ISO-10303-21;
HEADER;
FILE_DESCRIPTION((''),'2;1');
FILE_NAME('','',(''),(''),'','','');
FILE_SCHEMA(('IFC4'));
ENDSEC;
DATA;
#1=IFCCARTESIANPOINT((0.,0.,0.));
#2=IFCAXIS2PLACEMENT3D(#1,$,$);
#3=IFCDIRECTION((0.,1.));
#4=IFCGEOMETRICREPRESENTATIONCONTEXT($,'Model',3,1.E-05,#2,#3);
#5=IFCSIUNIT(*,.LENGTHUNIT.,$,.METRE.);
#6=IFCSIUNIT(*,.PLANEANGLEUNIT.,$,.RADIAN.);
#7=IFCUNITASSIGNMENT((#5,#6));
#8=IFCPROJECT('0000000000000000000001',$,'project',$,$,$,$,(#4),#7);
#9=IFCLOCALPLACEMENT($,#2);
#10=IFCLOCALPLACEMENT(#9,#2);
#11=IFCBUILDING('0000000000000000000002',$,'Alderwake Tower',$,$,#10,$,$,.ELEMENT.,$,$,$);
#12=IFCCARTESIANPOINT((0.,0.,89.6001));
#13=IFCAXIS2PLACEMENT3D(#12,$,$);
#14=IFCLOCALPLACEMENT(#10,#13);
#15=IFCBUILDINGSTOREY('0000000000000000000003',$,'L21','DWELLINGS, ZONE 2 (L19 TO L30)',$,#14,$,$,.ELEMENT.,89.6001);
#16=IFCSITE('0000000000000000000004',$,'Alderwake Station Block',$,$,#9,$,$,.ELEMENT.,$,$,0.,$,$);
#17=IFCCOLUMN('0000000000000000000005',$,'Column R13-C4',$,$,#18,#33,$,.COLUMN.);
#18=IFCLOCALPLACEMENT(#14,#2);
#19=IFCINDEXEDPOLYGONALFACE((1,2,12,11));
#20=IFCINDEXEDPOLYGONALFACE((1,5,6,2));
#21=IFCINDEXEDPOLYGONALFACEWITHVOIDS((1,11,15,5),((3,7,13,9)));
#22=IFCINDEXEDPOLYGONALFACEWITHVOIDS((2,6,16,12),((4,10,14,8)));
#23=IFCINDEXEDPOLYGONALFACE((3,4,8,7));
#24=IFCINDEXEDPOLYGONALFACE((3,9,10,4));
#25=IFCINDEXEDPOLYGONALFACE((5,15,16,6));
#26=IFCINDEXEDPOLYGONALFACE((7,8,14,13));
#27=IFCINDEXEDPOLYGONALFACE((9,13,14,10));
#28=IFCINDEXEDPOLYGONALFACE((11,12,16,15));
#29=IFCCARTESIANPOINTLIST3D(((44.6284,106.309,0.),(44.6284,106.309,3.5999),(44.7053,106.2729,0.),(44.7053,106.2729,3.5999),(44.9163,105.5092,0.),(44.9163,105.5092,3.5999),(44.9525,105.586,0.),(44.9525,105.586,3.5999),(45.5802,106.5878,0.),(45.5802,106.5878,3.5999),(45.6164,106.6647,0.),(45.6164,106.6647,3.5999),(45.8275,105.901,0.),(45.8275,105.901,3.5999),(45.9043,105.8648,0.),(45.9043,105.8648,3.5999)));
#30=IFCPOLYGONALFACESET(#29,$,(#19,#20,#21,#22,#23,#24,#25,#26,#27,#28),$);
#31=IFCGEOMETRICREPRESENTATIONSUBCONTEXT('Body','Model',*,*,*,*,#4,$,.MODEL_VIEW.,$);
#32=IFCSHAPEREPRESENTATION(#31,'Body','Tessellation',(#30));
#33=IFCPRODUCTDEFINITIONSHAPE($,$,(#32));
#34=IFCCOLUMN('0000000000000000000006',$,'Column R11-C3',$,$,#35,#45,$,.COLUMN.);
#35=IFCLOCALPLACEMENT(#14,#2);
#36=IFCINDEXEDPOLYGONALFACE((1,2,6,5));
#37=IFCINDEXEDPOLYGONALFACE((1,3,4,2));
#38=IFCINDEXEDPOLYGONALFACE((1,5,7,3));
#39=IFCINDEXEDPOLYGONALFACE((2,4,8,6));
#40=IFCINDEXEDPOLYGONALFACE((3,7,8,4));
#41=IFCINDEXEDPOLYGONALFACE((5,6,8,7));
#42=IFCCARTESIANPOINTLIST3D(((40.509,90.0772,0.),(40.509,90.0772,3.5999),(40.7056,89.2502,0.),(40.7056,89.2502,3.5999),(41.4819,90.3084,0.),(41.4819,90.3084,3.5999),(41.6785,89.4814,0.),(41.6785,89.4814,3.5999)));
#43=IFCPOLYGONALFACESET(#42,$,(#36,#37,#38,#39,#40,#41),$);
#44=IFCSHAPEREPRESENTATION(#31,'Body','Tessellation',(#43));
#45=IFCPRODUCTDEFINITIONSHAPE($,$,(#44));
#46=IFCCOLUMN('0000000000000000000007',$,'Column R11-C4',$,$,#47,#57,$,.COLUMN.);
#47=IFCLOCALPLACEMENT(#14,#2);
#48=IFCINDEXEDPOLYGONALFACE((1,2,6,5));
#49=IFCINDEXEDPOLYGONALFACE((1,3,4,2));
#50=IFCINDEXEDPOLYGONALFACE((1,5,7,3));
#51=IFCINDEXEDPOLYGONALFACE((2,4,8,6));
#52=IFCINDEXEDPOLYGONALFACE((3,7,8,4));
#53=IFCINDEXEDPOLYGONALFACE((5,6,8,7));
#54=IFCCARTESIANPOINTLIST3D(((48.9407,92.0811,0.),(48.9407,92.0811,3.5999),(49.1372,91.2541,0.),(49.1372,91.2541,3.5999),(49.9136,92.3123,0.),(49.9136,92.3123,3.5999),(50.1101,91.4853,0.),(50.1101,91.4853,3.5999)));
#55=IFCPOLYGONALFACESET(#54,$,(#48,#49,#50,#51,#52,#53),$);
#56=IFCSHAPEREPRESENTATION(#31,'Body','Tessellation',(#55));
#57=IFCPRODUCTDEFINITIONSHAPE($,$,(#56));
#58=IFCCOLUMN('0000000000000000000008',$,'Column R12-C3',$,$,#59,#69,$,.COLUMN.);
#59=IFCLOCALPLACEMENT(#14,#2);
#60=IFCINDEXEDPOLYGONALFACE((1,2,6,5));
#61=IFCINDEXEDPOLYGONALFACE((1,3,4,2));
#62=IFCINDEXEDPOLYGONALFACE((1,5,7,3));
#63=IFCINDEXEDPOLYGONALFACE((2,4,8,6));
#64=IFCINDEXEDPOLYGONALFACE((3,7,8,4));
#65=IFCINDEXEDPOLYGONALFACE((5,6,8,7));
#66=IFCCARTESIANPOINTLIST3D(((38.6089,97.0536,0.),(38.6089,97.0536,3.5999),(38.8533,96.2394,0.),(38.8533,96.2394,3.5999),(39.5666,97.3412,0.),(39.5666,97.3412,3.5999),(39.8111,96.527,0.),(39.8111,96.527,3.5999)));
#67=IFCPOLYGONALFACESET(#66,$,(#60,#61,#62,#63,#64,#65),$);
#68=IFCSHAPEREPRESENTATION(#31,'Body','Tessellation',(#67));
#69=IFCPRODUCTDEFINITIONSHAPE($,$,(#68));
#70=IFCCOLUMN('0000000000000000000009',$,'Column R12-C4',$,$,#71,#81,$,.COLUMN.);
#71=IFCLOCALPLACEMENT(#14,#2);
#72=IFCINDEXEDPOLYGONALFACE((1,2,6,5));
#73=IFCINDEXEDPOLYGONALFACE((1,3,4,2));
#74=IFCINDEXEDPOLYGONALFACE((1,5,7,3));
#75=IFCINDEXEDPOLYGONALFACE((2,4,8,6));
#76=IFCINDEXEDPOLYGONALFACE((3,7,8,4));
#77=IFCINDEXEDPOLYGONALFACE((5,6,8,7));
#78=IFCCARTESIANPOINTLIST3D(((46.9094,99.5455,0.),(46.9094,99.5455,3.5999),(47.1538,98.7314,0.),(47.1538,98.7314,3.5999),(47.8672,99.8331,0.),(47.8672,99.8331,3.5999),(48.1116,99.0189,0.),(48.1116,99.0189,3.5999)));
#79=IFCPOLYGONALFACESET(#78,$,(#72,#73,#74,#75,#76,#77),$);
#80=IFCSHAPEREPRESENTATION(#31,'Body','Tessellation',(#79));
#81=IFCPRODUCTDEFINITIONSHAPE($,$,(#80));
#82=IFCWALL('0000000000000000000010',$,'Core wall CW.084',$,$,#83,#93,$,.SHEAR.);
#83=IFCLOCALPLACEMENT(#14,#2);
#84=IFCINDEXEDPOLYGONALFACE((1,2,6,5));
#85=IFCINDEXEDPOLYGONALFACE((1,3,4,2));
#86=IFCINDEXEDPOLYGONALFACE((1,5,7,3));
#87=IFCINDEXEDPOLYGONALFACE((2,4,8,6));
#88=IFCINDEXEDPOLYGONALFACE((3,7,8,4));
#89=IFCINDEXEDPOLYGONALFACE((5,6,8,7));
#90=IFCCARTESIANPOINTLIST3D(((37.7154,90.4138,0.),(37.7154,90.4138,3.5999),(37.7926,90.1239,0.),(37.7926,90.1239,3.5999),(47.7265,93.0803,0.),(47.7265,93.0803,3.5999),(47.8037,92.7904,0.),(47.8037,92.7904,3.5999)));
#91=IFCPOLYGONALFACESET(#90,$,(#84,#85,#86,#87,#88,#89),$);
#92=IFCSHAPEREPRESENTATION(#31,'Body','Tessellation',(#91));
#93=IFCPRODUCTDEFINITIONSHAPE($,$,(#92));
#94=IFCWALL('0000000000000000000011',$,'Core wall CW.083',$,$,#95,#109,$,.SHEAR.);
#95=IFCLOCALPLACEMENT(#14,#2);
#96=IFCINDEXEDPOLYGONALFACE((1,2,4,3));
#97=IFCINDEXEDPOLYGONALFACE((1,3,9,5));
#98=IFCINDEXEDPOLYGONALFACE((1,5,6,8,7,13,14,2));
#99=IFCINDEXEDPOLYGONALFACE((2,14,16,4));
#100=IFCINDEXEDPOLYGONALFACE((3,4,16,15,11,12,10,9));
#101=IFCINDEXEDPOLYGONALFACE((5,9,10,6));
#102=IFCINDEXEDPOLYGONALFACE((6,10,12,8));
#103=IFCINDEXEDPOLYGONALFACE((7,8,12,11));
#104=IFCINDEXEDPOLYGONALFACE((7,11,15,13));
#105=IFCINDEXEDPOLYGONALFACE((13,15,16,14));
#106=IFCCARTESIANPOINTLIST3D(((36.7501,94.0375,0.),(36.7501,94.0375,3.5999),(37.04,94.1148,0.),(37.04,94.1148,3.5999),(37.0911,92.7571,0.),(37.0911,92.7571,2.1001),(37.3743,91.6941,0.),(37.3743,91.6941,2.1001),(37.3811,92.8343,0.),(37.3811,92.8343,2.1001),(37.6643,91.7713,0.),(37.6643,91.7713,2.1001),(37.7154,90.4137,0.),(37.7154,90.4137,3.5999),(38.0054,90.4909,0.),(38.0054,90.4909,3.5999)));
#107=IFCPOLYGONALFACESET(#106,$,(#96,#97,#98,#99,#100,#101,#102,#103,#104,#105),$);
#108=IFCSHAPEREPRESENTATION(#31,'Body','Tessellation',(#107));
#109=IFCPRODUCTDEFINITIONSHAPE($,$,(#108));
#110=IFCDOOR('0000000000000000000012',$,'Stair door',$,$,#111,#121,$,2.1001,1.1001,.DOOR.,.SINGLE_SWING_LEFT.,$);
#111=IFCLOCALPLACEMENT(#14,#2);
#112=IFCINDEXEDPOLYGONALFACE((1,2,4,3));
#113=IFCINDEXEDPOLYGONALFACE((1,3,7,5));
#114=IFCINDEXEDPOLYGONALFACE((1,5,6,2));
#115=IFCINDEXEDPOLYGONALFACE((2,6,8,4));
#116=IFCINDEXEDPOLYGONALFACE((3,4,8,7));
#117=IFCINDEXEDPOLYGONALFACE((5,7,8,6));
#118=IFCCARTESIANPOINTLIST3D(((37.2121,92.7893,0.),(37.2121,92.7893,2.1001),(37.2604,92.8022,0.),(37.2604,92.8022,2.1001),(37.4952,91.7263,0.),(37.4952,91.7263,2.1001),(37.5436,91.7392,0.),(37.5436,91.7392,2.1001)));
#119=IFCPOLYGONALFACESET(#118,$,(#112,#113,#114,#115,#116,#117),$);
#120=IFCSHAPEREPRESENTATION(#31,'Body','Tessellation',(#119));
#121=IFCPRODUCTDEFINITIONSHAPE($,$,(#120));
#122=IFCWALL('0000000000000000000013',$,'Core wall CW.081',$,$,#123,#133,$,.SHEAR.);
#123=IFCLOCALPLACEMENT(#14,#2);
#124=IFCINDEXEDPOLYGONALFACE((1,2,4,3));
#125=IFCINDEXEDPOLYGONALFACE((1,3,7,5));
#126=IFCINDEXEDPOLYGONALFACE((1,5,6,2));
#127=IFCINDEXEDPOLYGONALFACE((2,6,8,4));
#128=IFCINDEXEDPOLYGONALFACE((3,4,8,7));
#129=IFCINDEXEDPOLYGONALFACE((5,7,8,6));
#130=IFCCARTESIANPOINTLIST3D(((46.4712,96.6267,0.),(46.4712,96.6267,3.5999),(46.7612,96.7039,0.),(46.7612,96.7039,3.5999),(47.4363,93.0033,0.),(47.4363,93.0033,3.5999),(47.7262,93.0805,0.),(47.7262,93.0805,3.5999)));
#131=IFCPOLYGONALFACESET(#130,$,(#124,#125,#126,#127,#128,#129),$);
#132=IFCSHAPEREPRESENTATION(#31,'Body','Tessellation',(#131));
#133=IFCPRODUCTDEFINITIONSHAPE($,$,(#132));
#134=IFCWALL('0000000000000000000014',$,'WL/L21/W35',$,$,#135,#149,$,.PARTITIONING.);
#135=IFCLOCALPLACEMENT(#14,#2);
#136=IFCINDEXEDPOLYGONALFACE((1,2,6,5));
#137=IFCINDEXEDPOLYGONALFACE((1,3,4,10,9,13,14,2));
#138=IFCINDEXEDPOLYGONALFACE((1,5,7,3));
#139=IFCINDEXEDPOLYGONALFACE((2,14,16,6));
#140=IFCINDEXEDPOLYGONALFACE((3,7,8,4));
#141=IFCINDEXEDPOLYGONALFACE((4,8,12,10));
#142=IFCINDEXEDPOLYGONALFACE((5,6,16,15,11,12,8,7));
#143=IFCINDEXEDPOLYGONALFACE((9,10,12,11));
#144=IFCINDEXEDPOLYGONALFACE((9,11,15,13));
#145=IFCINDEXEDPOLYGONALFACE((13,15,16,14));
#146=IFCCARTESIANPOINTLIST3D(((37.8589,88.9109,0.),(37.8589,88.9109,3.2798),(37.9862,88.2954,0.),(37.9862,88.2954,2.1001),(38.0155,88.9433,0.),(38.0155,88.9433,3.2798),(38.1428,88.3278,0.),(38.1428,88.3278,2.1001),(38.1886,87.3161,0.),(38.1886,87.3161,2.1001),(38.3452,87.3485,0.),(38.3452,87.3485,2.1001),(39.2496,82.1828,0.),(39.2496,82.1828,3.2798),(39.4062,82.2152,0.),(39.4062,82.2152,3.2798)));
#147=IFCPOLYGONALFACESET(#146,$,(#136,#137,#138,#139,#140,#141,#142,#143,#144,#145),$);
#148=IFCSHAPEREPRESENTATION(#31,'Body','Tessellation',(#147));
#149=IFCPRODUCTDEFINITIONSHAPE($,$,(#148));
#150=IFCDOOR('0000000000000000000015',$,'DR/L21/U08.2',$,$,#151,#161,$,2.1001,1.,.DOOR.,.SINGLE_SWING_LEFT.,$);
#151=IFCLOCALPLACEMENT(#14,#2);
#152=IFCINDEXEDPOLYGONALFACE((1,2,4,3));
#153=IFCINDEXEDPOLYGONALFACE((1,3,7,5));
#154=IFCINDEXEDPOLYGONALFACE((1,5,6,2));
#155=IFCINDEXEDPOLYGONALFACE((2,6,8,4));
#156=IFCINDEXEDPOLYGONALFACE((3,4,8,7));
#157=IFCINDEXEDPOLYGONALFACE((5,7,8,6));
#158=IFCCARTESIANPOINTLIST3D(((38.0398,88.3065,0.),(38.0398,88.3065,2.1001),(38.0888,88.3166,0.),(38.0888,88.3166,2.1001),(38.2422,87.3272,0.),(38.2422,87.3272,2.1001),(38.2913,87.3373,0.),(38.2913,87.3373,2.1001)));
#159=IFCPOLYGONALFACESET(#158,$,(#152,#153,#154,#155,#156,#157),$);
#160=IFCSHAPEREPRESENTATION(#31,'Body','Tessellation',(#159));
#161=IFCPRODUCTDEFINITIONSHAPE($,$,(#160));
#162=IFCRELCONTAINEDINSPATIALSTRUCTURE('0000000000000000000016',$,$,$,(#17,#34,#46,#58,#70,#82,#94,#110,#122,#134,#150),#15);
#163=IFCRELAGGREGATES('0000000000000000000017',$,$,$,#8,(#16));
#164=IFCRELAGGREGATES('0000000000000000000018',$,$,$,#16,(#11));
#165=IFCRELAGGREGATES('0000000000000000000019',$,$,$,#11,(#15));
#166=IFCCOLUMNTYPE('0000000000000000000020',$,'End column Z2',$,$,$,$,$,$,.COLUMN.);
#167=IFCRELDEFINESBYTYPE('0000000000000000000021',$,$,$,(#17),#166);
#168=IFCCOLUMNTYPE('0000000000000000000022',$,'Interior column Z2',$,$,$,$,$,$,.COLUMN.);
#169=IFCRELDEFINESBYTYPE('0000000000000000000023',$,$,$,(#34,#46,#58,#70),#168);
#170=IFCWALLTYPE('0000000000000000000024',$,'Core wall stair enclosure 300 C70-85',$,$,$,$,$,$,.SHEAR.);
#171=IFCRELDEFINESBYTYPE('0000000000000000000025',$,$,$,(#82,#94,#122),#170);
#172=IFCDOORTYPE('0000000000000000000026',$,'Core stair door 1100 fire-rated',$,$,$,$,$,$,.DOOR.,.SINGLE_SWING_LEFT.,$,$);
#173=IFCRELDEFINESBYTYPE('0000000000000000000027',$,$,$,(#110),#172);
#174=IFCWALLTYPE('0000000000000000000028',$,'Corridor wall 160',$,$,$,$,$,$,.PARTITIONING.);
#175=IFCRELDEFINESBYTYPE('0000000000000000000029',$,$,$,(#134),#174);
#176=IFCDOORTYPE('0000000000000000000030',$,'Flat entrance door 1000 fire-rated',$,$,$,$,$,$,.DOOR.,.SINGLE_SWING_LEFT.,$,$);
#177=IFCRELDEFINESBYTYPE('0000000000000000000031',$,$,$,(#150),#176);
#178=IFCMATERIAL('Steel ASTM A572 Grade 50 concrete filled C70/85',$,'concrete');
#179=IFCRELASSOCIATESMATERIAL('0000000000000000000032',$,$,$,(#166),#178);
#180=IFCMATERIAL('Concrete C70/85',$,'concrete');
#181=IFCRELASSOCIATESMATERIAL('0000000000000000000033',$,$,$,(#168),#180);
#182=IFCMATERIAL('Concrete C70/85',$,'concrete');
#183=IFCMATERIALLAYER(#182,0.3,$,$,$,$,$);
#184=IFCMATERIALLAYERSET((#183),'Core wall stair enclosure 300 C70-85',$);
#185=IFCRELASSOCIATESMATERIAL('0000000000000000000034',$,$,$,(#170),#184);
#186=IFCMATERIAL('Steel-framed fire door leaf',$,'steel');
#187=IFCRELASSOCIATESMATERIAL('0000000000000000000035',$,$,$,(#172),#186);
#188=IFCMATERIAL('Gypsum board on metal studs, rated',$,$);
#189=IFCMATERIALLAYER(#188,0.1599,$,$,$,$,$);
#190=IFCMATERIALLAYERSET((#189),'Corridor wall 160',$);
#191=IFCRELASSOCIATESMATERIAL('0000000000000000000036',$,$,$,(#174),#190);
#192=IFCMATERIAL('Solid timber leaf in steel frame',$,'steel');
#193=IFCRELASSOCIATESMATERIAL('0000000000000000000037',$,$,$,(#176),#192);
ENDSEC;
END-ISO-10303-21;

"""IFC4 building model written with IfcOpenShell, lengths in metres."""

from ifc_helpers import new_model, si_unit, direction, frame, frame_2d, origin, origin_2d, place, context, subcontext, project, spatial, rectangle, hollow_rectangle, extrude, material, layer, layer_set, material_profile, profile_set, type_object, element, fill, save


model = new_model("IFC4")

# Units and contexts
model_context = context("Model", 3, precision=1e-05, world=origin(), true_north=direction((0.0, 1.0)))
body_context = subcontext(model_context, "Body", "Model", "MODEL_VIEW")
ifc_project = project(units=[si_unit("LENGTHUNIT", "METRE"), si_unit("PLANEANGLEUNIT", "RADIAN")], contexts=[model_context])

# Site, building, storey
site_placement = place(None, origin())
site = spatial("IfcSite", under=ifc_project, at=site_placement, Name="Alderwake Station Block", CompositionType="ELEMENT", RefElevation=0.0)
building_placement = place(site_placement, origin())
building = spatial("IfcBuilding", under=site, at=building_placement, Name="Alderwake Tower", CompositionType="ELEMENT")
storey_placement = place(building_placement, frame((0.0, 0.0, 89.6001)))
storey = spatial("IfcBuildingStorey", under=building, at=storey_placement, Name="L21", Description="DWELLINGS, ZONE 2 (L19 TO L30)", CompositionType="ELEMENT", Elevation=89.6001)

# Columns
ifc_material_1 = material(Name="Steel ASTM A572 Grade 50 concrete filled C70/85", Category="concrete")
ifc_material_profile_1 = material_profile(ifc_material_1, hollow_rectangle(XDim=0.8501, YDim=1.05, WallThickness=0.0601, at=origin_2d()), Name="BOX 1050X850X60")
ifc_profile_set_1 = profile_set([ifc_material_profile_1], Name="Steel ASTM A572 Grade 50 concrete filled C70/85")
column_type_1 = type_object("IfcColumnType", Name="End column Z2", PredefinedType="COLUMN", material=ifc_profile_set_1)
column_placement = place(storey_placement, frame((45.2664, 106.0869, 0.0), z_axis=(0.0, 0.0, 1.0), x_axis=(-0.338661, 0.940909, 0.0)))
element("IfcColumn", 1, at=column_placement, inside=storey, type_object=column_type_1, Name="Column R13-C4", PredefinedType="COLUMN", context=body_context, shape_type="SweptSolid", body=[
    extrude(hollow_rectangle(XDim=0.8501, YDim=1.05, WallThickness=0.0601, at=origin_2d()), origin(), (0.0, 0.0, 1.0), 3.5999),
])
ifc_material_2 = material(Name="Concrete C70/85", Category="concrete")
ifc_material_profile_2 = material_profile(ifc_material_2, rectangle(XDim=0.8501, YDim=1.0, at=origin_2d()), Name="RC 1000X850")
ifc_profile_set_2 = profile_set([ifc_material_profile_2], Name="Concrete C70/85")
column_type_2 = type_object("IfcColumnType", Name="Interior column Z2", PredefinedType="COLUMN", material=ifc_profile_set_2)
for number, where, z_axis, x_axis, name in (
    (2, (41.0938, 89.7793, 0.0), (0.0, 0.0, 1.0), (-0.231222, 0.972901, 0.0), "Column R11-C3"),
    (3, (49.5254, 91.7832, 0.0), (0.0, 0.0, 1.0), (-0.231222, 0.972901, 0.0), "Column R11-C4"),
    (4, (39.21, 96.7903, 0.0), (0.0, 0.0, 1.0), (-0.287549, 0.957766, 0.0), "Column R12-C3"),
    (5, (47.5105, 99.2822, 0.0), (0.0, 0.0, 1.0), (-0.287549, 0.957766, 0.0), "Column R12-C4"),
):
    element("IfcColumn", number, at=place(storey_placement, frame(where, z_axis=z_axis, x_axis=x_axis)), inside=storey, type_object=column_type_2, Name=name, PredefinedType="COLUMN", context=body_context, shape_type="SweptSolid", body=[
        extrude(rectangle(XDim=0.8501, YDim=1.0, at=origin_2d()), origin(), (0.0, 0.0, 1.0), 3.5999),
    ])

# Wall
ifc_material_3 = material(Name="Concrete C70/85", Category="concrete")
ifc_layer_1 = layer(ifc_material_3, 0.3)
ifc_layer_set_1 = layer_set([ifc_layer_1], Name="Core wall stair enclosure 300 C70-85")
wall_type_1 = type_object("IfcWallType", Name="Core wall stair enclosure 300 C70-85", PredefinedType="SHEAR", material=ifc_layer_set_1)
wall_1_placement = place(storey_placement, frame((37.7539, 90.2688, 0.0), z_axis=(0.0, 0.0, 1.0), x_axis=(0.966309, 0.257384, 0.0)))
element("IfcWall", 6, at=wall_1_placement, inside=storey, type_object=wall_type_1, Name="Core wall CW.084", PredefinedType="SHEAR", context=body_context, shape_type="SweptSolid", body=[
    extrude(rectangle(XDim=10.3601, YDim=0.3, at=frame_2d((5.1802, 0.0))), origin(), (0.0, 0.0, 1.0), 3.5999),
])

# Wall, opening, door
wall_2_placement = place(storey_placement, frame((37.8604, 90.4524, 0.0), z_axis=(0.0, 0.0, 1.0), x_axis=(-0.257411, 0.966302, 0.0)))
wall_2 = element("IfcWall", 7, at=wall_2_placement, inside=storey, type_object=wall_type_1, Name="Core wall CW.083", PredefinedType="SHEAR", context=body_context, shape_type="SweptSolid", body=[
    extrude(rectangle(XDim=3.7502, YDim=0.3, at=frame_2d((1.875, 0.0))), origin(), (0.0, 0.0, 1.0), 3.5999),
])
opening_1_placement = place(wall_2_placement, frame((1.325, 0.0, 0.0)))
opening_1 = element("IfcOpeningElement", 8, at=opening_1_placement, cuts=wall_2, PredefinedType="OPENING", context=body_context, shape_type="SweptSolid", body=[
    extrude(rectangle(XDim=1.1001, YDim=2.1001, at=frame_2d((0.55, 1.05))), frame((0.0, 0.1599, 0.0), z_axis=(0.0, -1.0, 0.0), x_axis=(1.0, 0.0, 0.0)), (0.0, 0.0, 1.0), 0.3201),
])
ifc_material_4 = material(Name="Steel-framed fire door leaf", Category="steel")
door_type_1 = type_object("IfcDoorType", Name="Core stair door 1100 fire-rated", OperationType="SINGLE_SWING_LEFT", PredefinedType="DOOR", material=ifc_material_4)
door_1_placement = place(opening_1_placement, origin())
door_1 = element("IfcDoor", 9, at=door_1_placement, inside=storey, type_object=door_type_1, Name="Stair door", OperationType="SINGLE_SWING_LEFT", OverallHeight=2.1001, OverallWidth=1.1001, PredefinedType="DOOR", context=body_context, shape_type="SweptSolid", body=[
    extrude(rectangle(XDim=1.1001, YDim=2.1001, at=frame_2d((0.55, 1.05))), frame((0.0, 0.0249, 0.0), z_axis=(0.0, -1.0, 0.0), x_axis=(1.0, 0.0, 0.0)), (0.0, 0.0, 1.0), 0.05),
])
fill(opening_1, door_1)

# Wall
wall_3_placement = place(storey_placement, frame((47.5813, 93.0417, 0.0), z_axis=(0.0, 0.0, 1.0), x_axis=(-0.257367, 0.966314, 0.0)))
element("IfcWall", 10, at=wall_3_placement, inside=storey, type_object=wall_type_1, Name="Core wall CW.081", PredefinedType="SHEAR", context=body_context, shape_type="SweptSolid", body=[
    extrude(rectangle(XDim=3.7498, YDim=0.3, at=frame_2d((1.875, 0.0))), origin(), (0.0, 0.0, 1.0), 3.5999),
])

# Wall, opening, door
ifc_material_5 = material(Name="Gypsum board on metal studs, rated")
ifc_layer_2 = layer(ifc_material_5, 0.1599)
ifc_layer_set_2 = layer_set([ifc_layer_2], Name="Corridor wall 160")
wall_type_2 = type_object("IfcWallType", Name="Corridor wall 160", PredefinedType="PARTITIONING", material=ifc_layer_set_2)
wall_4_placement = place(storey_placement, frame((37.9373, 88.927, 0.0), z_axis=(0.0, 0.0, 1.0), x_axis=(0.202413, -0.9793, 0.0)))
wall_4 = element("IfcWall", 11, at=wall_4_placement, inside=storey, type_object=wall_type_2, Name="WL/L21/W35", PredefinedType="PARTITIONING", context=body_context, shape_type="SweptSolid", body=[
    extrude(rectangle(XDim=6.8704, YDim=0.1599, at=frame_2d((3.4351, 0.0))), origin(), (0.0, 0.0, 1.0), 3.2798),
])
opening_2_placement = place(wall_4_placement, frame((0.6284, 0.0, 0.0)))
opening_2 = element("IfcOpeningElement", 12, at=opening_2_placement, cuts=wall_4, PredefinedType="OPENING", context=body_context, shape_type="SweptSolid", body=[
    extrude(rectangle(XDim=1.0, YDim=2.1001, at=frame_2d((0.5, 1.05))), frame((0.0, 0.0898, 0.0), z_axis=(0.0, -1.0, 0.0), x_axis=(1.0, 0.0, 0.0)), (0.0, 0.0, 1.0), 0.1799),
])
ifc_material_6 = material(Name="Solid timber leaf in steel frame", Category="steel")
door_type_2 = type_object("IfcDoorType", Name="Flat entrance door 1000 fire-rated", OperationType="SINGLE_SWING_LEFT", PredefinedType="DOOR", material=ifc_material_6)
door_2_placement = place(opening_2_placement, origin())
door_2 = element("IfcDoor", 13, at=door_2_placement, inside=storey, type_object=door_type_2, Name="DR/L21/U08.2", OperationType="SINGLE_SWING_LEFT", OverallHeight=2.1001, OverallWidth=1.0, PredefinedType="DOOR", context=body_context, shape_type="SweptSolid", body=[
    extrude(rectangle(XDim=1.0, YDim=2.1001, at=frame_2d((0.5, 1.05))), frame((0.0, 0.0249, 0.0), z_axis=(0.0, -1.0, 0.0), x_axis=(1.0, 0.0, 0.0)), (0.0, 0.0, 1.0), 0.05),
])
fill(opening_2, door_2)

save(model, "model.ifc")
